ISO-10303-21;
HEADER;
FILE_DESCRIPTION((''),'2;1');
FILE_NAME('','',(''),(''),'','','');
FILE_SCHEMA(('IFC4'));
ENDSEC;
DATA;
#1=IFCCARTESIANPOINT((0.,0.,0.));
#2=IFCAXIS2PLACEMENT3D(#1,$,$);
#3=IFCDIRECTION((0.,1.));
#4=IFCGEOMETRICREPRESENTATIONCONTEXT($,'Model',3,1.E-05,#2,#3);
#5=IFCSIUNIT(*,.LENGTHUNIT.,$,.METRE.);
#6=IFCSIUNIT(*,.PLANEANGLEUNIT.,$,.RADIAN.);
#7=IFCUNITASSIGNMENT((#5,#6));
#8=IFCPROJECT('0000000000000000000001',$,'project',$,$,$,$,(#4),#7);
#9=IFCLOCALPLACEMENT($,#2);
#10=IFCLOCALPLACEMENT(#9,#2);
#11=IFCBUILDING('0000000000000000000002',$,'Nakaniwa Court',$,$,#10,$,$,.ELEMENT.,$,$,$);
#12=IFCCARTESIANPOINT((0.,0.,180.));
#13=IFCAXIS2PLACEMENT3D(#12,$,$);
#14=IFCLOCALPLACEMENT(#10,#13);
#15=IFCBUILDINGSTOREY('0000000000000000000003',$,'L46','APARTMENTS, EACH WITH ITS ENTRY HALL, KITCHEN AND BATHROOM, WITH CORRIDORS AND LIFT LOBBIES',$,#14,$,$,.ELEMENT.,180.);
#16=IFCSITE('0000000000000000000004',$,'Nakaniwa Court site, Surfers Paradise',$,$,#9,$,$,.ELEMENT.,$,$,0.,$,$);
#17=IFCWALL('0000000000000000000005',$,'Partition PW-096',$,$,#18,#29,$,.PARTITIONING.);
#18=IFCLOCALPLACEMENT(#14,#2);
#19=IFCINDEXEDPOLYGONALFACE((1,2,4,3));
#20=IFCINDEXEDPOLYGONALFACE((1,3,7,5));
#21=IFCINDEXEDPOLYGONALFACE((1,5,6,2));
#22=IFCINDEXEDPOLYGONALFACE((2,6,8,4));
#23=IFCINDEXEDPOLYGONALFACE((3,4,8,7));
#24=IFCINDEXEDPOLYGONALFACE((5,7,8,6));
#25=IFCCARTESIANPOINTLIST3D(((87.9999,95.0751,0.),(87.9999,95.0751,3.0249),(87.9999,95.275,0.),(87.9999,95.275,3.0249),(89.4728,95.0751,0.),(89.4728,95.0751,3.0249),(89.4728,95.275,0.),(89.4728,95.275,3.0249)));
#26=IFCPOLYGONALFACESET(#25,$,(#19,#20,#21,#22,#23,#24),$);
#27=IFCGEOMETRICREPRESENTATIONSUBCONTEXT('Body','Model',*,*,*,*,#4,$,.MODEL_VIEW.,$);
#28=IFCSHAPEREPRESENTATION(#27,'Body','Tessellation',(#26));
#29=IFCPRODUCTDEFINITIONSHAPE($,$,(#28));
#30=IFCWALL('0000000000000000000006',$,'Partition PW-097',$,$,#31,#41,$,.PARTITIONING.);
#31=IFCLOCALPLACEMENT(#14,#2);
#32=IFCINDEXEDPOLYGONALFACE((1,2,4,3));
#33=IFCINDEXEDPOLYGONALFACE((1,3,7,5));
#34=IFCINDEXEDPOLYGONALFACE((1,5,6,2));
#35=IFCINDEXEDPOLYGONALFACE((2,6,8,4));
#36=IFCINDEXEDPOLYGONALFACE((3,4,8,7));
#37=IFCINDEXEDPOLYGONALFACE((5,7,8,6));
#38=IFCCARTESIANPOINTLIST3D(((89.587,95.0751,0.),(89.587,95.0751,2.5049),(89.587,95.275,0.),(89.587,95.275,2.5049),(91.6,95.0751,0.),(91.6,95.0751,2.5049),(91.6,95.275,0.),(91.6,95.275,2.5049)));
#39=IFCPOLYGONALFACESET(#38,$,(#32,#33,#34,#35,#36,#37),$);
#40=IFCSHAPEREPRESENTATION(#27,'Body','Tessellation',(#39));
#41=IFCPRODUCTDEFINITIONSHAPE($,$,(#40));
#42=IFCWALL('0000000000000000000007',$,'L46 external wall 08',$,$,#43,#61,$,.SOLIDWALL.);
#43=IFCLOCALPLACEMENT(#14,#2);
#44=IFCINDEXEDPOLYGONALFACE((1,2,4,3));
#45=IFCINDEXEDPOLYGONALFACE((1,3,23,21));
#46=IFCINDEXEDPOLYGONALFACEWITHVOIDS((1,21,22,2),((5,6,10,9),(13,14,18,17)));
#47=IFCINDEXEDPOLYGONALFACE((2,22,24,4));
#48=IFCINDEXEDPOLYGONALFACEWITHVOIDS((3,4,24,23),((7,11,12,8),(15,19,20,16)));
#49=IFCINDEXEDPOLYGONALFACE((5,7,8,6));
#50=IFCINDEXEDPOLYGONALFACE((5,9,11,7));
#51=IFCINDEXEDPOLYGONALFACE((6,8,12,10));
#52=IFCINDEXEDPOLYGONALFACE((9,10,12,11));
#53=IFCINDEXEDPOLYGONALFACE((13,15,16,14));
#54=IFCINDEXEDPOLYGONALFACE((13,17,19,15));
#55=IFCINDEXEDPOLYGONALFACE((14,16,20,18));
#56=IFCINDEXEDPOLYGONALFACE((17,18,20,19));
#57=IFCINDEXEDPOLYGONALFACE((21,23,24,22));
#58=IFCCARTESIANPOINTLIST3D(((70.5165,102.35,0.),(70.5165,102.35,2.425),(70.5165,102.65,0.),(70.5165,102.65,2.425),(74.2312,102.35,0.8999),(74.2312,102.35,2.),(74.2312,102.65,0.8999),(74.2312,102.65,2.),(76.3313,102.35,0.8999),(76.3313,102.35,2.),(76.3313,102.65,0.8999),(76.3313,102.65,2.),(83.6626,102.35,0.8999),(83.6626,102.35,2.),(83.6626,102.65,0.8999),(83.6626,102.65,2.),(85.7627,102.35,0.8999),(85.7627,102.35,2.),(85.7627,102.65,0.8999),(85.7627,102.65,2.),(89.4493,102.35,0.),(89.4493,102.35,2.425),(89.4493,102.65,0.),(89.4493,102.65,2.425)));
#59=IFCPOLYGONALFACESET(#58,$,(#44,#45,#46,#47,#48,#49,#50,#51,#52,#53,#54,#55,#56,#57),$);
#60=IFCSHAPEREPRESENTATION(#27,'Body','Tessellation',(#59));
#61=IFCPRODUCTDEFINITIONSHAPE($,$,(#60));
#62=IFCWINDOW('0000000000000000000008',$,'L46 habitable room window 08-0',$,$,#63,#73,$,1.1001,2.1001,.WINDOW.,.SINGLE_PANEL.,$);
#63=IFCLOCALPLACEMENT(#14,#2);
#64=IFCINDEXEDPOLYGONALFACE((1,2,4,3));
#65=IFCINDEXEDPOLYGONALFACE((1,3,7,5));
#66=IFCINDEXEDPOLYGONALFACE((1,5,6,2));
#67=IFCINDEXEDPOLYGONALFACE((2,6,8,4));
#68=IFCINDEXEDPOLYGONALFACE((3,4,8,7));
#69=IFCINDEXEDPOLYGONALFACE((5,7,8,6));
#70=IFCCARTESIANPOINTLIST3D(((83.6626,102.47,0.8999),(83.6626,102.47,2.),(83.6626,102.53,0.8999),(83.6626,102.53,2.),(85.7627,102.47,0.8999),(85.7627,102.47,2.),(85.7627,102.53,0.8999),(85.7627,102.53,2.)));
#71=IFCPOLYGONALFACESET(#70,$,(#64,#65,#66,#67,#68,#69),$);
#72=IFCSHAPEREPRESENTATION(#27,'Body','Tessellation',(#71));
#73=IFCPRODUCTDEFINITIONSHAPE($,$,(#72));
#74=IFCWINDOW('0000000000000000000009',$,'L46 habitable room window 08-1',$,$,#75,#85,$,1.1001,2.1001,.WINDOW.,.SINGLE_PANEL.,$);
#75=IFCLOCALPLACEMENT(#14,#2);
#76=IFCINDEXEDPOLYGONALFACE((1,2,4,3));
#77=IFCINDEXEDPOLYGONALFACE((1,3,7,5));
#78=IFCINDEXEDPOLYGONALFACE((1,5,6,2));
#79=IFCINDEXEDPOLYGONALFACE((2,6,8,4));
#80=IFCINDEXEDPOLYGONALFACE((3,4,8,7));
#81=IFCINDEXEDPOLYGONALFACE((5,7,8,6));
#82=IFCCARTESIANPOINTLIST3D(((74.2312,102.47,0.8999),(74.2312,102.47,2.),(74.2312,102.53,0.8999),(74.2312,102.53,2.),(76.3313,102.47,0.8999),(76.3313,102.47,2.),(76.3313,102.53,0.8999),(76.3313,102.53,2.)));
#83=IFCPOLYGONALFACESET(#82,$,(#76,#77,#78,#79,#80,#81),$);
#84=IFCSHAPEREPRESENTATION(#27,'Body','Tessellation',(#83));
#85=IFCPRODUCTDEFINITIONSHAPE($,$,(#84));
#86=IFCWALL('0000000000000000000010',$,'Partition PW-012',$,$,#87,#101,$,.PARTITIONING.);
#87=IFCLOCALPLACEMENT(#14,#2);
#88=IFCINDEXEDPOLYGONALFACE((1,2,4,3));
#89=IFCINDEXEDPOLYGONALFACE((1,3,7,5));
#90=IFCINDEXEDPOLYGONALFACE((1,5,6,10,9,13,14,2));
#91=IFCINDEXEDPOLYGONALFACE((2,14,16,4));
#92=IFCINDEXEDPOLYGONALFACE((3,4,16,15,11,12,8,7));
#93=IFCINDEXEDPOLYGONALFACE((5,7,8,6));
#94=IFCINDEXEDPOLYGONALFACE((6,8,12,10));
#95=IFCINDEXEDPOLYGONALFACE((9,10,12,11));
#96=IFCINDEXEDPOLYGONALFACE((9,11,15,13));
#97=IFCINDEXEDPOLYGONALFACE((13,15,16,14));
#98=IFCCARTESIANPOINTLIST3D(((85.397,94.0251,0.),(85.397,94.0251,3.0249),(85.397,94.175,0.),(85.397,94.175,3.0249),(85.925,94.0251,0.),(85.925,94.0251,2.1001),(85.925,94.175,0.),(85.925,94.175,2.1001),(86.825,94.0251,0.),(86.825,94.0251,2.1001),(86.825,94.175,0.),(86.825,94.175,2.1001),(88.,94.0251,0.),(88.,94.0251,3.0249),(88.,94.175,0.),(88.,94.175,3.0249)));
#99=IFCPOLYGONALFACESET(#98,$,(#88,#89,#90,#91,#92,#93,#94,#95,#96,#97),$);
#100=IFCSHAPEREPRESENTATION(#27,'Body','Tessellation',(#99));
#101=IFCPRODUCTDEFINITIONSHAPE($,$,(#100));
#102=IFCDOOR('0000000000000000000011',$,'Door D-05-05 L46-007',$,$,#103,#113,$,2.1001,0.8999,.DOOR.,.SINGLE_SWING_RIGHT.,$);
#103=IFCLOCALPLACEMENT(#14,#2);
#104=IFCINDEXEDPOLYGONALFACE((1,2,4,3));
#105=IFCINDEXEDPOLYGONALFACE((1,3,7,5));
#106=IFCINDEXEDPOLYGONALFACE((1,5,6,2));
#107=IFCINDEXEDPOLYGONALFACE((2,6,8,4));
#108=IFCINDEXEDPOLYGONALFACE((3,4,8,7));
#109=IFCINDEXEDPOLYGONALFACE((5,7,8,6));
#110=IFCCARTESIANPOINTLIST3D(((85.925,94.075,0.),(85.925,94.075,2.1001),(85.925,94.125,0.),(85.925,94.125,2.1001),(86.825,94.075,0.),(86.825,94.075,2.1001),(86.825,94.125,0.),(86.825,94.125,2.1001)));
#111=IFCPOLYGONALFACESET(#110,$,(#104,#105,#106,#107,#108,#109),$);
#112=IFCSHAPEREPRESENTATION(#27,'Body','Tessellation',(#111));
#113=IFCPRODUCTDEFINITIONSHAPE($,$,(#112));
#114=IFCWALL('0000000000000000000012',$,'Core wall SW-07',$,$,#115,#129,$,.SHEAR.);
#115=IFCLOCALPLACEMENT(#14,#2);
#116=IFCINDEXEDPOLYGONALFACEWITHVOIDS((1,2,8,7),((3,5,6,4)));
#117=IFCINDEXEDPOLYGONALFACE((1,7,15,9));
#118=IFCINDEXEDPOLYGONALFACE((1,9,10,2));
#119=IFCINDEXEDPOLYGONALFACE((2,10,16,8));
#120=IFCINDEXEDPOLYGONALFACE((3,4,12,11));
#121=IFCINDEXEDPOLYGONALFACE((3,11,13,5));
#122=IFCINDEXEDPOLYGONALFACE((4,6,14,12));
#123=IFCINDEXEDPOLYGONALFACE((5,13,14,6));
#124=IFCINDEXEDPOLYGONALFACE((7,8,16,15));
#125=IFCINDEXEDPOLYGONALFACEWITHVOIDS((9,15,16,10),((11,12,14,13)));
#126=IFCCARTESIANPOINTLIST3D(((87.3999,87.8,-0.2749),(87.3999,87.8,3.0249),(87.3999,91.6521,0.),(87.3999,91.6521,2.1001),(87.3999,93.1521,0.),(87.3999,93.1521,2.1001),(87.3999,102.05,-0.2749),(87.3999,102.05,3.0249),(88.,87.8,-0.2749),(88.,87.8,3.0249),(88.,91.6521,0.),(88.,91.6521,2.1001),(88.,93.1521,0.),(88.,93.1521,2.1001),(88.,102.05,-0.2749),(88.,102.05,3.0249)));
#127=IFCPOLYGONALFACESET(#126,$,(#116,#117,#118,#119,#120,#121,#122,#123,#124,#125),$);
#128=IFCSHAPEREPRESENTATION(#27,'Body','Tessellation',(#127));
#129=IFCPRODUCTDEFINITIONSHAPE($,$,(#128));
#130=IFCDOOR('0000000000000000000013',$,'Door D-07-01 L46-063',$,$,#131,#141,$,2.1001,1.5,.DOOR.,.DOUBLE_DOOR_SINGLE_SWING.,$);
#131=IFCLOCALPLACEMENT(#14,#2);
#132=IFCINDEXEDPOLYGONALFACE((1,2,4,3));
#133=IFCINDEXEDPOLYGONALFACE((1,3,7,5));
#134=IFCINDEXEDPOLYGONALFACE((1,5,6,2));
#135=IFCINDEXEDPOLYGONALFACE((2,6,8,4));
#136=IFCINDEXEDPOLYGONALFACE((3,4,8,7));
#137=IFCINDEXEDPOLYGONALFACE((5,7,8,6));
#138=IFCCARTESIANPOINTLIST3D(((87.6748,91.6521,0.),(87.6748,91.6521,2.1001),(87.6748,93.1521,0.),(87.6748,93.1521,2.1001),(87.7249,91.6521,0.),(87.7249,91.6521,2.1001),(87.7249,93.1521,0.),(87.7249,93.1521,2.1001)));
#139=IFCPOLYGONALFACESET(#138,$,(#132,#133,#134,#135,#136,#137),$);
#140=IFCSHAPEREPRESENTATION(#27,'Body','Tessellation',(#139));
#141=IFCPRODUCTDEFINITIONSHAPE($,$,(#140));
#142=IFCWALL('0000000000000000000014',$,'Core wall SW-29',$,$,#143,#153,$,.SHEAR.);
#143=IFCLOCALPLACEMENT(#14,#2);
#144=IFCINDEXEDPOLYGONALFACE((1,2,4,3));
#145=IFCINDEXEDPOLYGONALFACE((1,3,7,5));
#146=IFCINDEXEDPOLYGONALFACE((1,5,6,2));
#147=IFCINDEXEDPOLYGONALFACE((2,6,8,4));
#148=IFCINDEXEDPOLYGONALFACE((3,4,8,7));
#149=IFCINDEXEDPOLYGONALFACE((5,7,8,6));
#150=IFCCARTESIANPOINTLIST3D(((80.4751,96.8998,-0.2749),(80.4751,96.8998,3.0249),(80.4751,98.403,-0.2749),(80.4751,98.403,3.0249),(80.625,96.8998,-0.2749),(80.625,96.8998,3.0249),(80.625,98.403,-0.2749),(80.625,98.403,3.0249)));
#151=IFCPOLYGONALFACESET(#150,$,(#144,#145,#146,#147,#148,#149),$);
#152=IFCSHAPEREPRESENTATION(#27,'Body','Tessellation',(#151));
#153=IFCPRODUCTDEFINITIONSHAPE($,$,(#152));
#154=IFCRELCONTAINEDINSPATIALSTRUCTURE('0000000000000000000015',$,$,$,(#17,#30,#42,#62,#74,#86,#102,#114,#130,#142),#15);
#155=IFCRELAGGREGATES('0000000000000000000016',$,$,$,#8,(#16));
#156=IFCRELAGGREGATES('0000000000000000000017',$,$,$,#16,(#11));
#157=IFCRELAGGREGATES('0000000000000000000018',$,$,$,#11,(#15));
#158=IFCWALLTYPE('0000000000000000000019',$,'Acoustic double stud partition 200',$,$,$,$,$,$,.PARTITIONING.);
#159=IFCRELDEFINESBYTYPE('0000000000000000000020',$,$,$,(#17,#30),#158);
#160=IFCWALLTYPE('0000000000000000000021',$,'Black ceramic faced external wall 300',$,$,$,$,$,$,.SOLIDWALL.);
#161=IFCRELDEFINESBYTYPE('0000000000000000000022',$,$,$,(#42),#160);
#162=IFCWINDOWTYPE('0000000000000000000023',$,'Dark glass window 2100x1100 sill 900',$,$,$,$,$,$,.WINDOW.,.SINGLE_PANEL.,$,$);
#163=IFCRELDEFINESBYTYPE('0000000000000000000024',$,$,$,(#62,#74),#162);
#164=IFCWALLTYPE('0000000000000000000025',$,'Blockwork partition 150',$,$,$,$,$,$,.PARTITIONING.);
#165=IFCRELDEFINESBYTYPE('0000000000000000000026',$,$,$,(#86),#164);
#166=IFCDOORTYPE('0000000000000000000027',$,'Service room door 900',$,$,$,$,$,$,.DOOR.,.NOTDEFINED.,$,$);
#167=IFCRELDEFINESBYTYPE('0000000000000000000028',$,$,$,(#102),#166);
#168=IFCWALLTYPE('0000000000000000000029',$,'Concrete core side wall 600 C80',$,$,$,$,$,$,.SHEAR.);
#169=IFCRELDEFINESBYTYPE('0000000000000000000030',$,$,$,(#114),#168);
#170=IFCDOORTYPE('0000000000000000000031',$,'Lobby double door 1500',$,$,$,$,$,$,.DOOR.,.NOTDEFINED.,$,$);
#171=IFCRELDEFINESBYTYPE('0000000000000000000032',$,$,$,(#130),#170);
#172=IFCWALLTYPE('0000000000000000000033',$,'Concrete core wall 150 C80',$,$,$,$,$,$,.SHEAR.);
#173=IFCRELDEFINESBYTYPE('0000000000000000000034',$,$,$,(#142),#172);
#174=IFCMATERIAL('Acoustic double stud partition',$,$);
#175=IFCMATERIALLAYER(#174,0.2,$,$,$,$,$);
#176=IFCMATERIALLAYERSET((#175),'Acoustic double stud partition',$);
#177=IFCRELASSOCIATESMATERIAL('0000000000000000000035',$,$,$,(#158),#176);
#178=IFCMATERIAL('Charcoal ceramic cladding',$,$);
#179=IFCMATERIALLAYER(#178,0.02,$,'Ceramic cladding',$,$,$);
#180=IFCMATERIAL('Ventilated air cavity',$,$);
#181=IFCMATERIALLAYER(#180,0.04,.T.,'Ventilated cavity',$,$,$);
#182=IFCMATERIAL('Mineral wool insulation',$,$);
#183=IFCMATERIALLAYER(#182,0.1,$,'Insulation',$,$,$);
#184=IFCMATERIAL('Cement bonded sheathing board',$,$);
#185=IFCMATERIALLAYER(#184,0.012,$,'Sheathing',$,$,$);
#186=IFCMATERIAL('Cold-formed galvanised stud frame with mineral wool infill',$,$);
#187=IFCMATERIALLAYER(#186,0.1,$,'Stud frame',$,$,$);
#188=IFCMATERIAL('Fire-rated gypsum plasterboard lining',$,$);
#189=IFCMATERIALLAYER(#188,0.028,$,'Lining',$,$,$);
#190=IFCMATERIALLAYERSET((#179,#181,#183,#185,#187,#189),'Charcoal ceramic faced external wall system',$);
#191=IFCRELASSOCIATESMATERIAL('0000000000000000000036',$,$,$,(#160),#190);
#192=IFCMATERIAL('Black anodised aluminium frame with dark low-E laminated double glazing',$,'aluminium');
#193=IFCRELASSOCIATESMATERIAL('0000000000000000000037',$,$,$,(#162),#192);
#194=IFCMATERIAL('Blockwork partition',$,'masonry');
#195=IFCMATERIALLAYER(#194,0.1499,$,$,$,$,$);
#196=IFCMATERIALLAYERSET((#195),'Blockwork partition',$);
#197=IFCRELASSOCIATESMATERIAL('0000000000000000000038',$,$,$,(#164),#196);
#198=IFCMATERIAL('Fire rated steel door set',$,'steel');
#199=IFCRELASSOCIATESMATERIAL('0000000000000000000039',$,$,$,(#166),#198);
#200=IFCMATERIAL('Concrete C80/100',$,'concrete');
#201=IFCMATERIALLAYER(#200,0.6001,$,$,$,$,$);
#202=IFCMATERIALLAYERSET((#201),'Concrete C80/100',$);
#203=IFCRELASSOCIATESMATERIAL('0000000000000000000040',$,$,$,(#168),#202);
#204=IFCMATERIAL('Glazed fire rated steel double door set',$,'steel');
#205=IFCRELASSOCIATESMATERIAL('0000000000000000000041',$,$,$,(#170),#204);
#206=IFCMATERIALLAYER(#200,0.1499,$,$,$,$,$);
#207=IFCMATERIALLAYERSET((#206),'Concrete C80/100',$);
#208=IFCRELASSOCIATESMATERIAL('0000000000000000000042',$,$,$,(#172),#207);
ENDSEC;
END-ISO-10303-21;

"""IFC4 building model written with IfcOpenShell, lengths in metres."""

from ifc_helpers import new_model, si_unit, direction, frame, frame_2d, origin, place, context, subcontext, project, spatial, rectangle, extrude, material, layer, layer_set, type_object, element, fill, save


model = new_model("IFC4")

# Units and contexts
model_context = context("Model", 3, precision=1e-05, world=origin(), true_north=direction((0.0, 1.0)))
body_context = subcontext(model_context, "Body", "Model", "MODEL_VIEW")
ifc_project = project(units=[si_unit("LENGTHUNIT", "METRE"), si_unit("PLANEANGLEUNIT", "RADIAN")], contexts=[model_context])

# Site, building, storey
site_placement = place(None, origin())
site = spatial("IfcSite", under=ifc_project, at=site_placement, Name="Nakaniwa Court site, Surfers Paradise", CompositionType="ELEMENT", RefElevation=0.0)
building_placement = place(site_placement, origin())
building = spatial("IfcBuilding", under=site, at=building_placement, Name="Nakaniwa Court", CompositionType="ELEMENT")
storey_placement = place(building_placement, frame((0.0, 0.0, 180.0)))
storey = spatial("IfcBuildingStorey", under=building, at=storey_placement, Name="L46", Description="APARTMENTS, EACH WITH ITS ENTRY HALL, KITCHEN AND BATHROOM, WITH CORRIDORS AND LIFT LOBBIES", CompositionType="ELEMENT", Elevation=180.0)

# Walls
ifc_material_1 = material(Name="Acoustic double stud partition")
ifc_layer_1 = layer(ifc_material_1, 0.2)
ifc_layer_set_1 = layer_set([ifc_layer_1], Name="Acoustic double stud partition")
wall_type_1 = type_object("IfcWallType", Name="Acoustic double stud partition 200", PredefinedType="PARTITIONING", material=ifc_layer_set_1)
wall_1_placement = place(storey_placement, frame((88.0, 95.175, 0.0), z_axis=(0.0, 0.0, 1.0), x_axis=(1.0, 0.0, 0.0)))
element("IfcWall", 1, at=wall_1_placement, inside=storey, type_object=wall_type_1, Name="Partition PW-096", PredefinedType="PARTITIONING", context=body_context, shape_type="SweptSolid", body=[
    extrude(rectangle(XDim=1.4729, YDim=0.2, at=frame_2d((0.7363, 0.0))), origin(), (0.0, 0.0, 1.0), 3.0249),
])
wall_2_placement = place(storey_placement, frame((89.5872, 95.175, 0.0), z_axis=(0.0, 0.0, 1.0), x_axis=(1.0, 0.0, 0.0)))
element("IfcWall", 2, at=wall_2_placement, inside=storey, type_object=wall_type_1, Name="Partition PW-097", PredefinedType="PARTITIONING", context=body_context, shape_type="SweptSolid", body=[
    extrude(rectangle(XDim=2.0129, YDim=0.2, at=frame_2d((1.0063, 0.0))), origin(), (0.0, 0.0, 1.0), 2.5049),
])

# Wall, openings, windows
ifc_material_2 = material(Name="Charcoal ceramic cladding")
ifc_layer_2 = layer(ifc_material_2, 0.02, Name="Ceramic cladding")
ifc_material_3 = material(Name="Ventilated air cavity")
ifc_layer_3 = layer(ifc_material_3, 0.04, ventilated=True, Name="Ventilated cavity")
ifc_material_4 = material(Name="Mineral wool insulation")
ifc_layer_4 = layer(ifc_material_4, 0.1, Name="Insulation")
ifc_material_5 = material(Name="Cement bonded sheathing board")
ifc_layer_5 = layer(ifc_material_5, 0.012, Name="Sheathing")
ifc_material_6 = material(Name="Cold-formed galvanised stud frame with mineral wool infill")
ifc_layer_6 = layer(ifc_material_6, 0.1, Name="Stud frame")
ifc_material_7 = material(Name="Fire-rated gypsum plasterboard lining")
ifc_layer_7 = layer(ifc_material_7, 0.028, Name="Lining")
ifc_layer_set_2 = layer_set([ifc_layer_2, ifc_layer_3, ifc_layer_4, ifc_layer_5, ifc_layer_6, ifc_layer_7], Name="Charcoal ceramic faced external wall system")
wall_type_2 = type_object("IfcWallType", Name="Black ceramic faced external wall 300", PredefinedType="SOLIDWALL", material=ifc_layer_set_2)
wall_3_placement = place(storey_placement, frame((89.4492, 102.5, 0.0), z_axis=(0.0, 0.0, 1.0), x_axis=(-1.0, 0.0, 0.0)))
wall_3 = element("IfcWall", 3, at=wall_3_placement, inside=storey, type_object=wall_type_2, Name="L46 external wall 08", PredefinedType="SOLIDWALL", context=body_context, shape_type="SweptSolid", body=[
    extrude(rectangle(XDim=18.9329, YDim=0.3, at=frame_2d((9.4663, 0.0))), origin(), (0.0, 0.0, 1.0), 2.425),
])
opening_1_placement = place(wall_3_placement, frame((3.6865, 0.0, 0.8999)))
opening_1 = element("IfcOpeningElement", 4, at=opening_1_placement, cuts=wall_3, PredefinedType="OPENING", context=body_context, shape_type="SweptSolid", body=[
    extrude(rectangle(XDim=2.1001, YDim=1.1001, at=frame_2d((1.05, 0.55))), frame((0.0, 0.1599, 0.0), z_axis=(0.0, -1.0, 0.0), x_axis=(1.0, 0.0, 0.0)), (0.0, 0.0, 1.0), 0.3201),
])
opening_2_placement = place(wall_3_placement, frame((13.1179, 0.0, 0.8999)))
opening_2 = element("IfcOpeningElement", 5, at=opening_2_placement, cuts=wall_3, PredefinedType="OPENING", context=body_context, shape_type="SweptSolid", body=[
    extrude(rectangle(XDim=2.1001, YDim=1.1001, at=frame_2d((1.05, 0.55))), frame((0.0, 0.1599, 0.0), z_axis=(0.0, -1.0, 0.0), x_axis=(1.0, 0.0, 0.0)), (0.0, 0.0, 1.0), 0.3201),
])
ifc_material_8 = material(Name="Black anodised aluminium frame with dark low-E laminated double glazing", Category="aluminium")
window_type = type_object("IfcWindowType", Name="Dark glass window 2100x1100 sill 900", PartitioningType="SINGLE_PANEL", PredefinedType="WINDOW", material=ifc_material_8)
window_1_placement = place(opening_1_placement, origin())
window_1 = element("IfcWindow", 6, at=window_1_placement, inside=storey, type_object=window_type, Name="L46 habitable room window 08-0", OverallHeight=1.1001, OverallWidth=2.1001, PartitioningType="SINGLE_PANEL", PredefinedType="WINDOW", context=body_context, shape_type="SweptSolid", body=[
    extrude(rectangle(XDim=2.1001, YDim=1.1001, at=frame_2d((1.05, 0.55))), frame((0.0, 0.03, 0.0), z_axis=(0.0, -1.0, 0.0), x_axis=(1.0, 0.0, 0.0)), (0.0, 0.0, 1.0), 0.0601),
])
fill(opening_1, window_1)
window_2_placement = place(opening_2_placement, origin())
window_2 = element("IfcWindow", 7, at=window_2_placement, inside=storey, type_object=window_type, Name="L46 habitable room window 08-1", OverallHeight=1.1001, OverallWidth=2.1001, PartitioningType="SINGLE_PANEL", PredefinedType="WINDOW", context=body_context, shape_type="SweptSolid", body=[
    extrude(rectangle(XDim=2.1001, YDim=1.1001, at=frame_2d((1.05, 0.55))), frame((0.0, 0.03, 0.0), z_axis=(0.0, -1.0, 0.0), x_axis=(1.0, 0.0, 0.0)), (0.0, 0.0, 1.0), 0.0601),
])
fill(opening_2, window_2)

# Walls, openings, doors
ifc_material_9 = material(Name="Blockwork partition", Category="masonry")
ifc_layer_8 = layer(ifc_material_9, 0.1499)
ifc_layer_set_3 = layer_set([ifc_layer_8], Name="Blockwork partition")
wall_type_3 = type_object("IfcWallType", Name="Blockwork partition 150", PredefinedType="PARTITIONING", material=ifc_layer_set_3)
wall_4_placement = place(storey_placement, frame((85.397, 94.1001, 0.0), z_axis=(0.0, 0.0, 1.0), x_axis=(1.0, 0.0, 0.0)))
wall_4 = element("IfcWall", 8, at=wall_4_placement, inside=storey, type_object=wall_type_3, Name="Partition PW-012", PredefinedType="PARTITIONING", context=body_context, shape_type="SweptSolid", body=[
    extrude(rectangle(XDim=2.603, YDim=0.1499, at=frame_2d((1.3015, 0.0))), origin(), (0.0, 0.0, 1.0), 3.0249),
])
opening_3_placement = place(wall_4_placement, frame((0.5281, 0.0, 0.0)))
opening_3 = element("IfcOpeningElement", 9, at=opening_3_placement, cuts=wall_4, PredefinedType="OPENING", context=body_context, shape_type="SweptSolid", body=[
    extrude(rectangle(XDim=0.8999, YDim=2.1001, at=frame_2d((0.45, 1.05))), frame((0.0, 0.085, 0.0), z_axis=(0.0, -1.0, 0.0), x_axis=(1.0, 0.0, 0.0)), (0.0, 0.0, 1.0), 0.1699),
])
ifc_material_10 = material(Name="Fire rated steel door set", Category="steel")
door_type_1 = type_object("IfcDoorType", Name="Service room door 900", OperationType="NOTDEFINED", PredefinedType="DOOR", material=ifc_material_10)
door_1_placement = place(opening_3_placement, origin())
door_1 = element("IfcDoor", 10, at=door_1_placement, inside=storey, type_object=door_type_1, Name="Door D-05-05 L46-007", OperationType="SINGLE_SWING_RIGHT", OverallHeight=2.1001, OverallWidth=0.8999, PredefinedType="DOOR", context=body_context, shape_type="SweptSolid", body=[
    extrude(rectangle(XDim=0.8999, YDim=2.1001, at=frame_2d((0.45, 1.05))), frame((0.0, 0.0249, 0.0), z_axis=(0.0, -1.0, 0.0), x_axis=(1.0, 0.0, 0.0)), (0.0, 0.0, 1.0), 0.05),
])
fill(opening_3, door_1)
ifc_material_11 = material(Name="Concrete C80/100", Category="concrete")
ifc_layer_9 = layer(ifc_material_11, 0.6001)
ifc_layer_set_4 = layer_set([ifc_layer_9], Name="Concrete C80/100")
wall_type_4 = type_object("IfcWallType", Name="Concrete core side wall 600 C80", PredefinedType="SHEAR", material=ifc_layer_set_4)
wall_5_placement = place(storey_placement, frame((87.7, 102.05, -0.2749), z_axis=(0.0, 0.0, 1.0), x_axis=(0.0, -1.0, 0.0)))
wall_5 = element("IfcWall", 11, at=wall_5_placement, inside=storey, type_object=wall_type_4, Name="Core wall SW-07", PredefinedType="SHEAR", context=body_context, shape_type="SweptSolid", body=[
    extrude(rectangle(XDim=14.25, YDim=0.6001, at=frame_2d((7.125, 0.0))), origin(), (0.0, 0.0, 1.0), 3.2998),
])
opening_4_placement = place(wall_5_placement, frame((8.8979, 0.0, 0.2749)))
opening_4 = element("IfcOpeningElement", 12, at=opening_4_placement, cuts=wall_5, PredefinedType="OPENING", context=body_context, shape_type="SweptSolid", body=[
    extrude(rectangle(XDim=1.5, YDim=2.1001, at=frame_2d((0.75, 1.05))), frame((0.0, 0.3101, 0.0), z_axis=(0.0, -1.0, 0.0), x_axis=(1.0, 0.0, 0.0)), (0.0, 0.0, 1.0), 0.6201),
])
ifc_material_12 = material(Name="Glazed fire rated steel double door set", Category="steel")
door_type_2 = type_object("IfcDoorType", Name="Lobby double door 1500", OperationType="NOTDEFINED", PredefinedType="DOOR", material=ifc_material_12)
door_2_placement = place(opening_4_placement, origin())
door_2 = element("IfcDoor", 13, at=door_2_placement, inside=storey, type_object=door_type_2, Name="Door D-07-01 L46-063", OperationType="DOUBLE_DOOR_SINGLE_SWING", OverallHeight=2.1001, OverallWidth=1.5, PredefinedType="DOOR", context=body_context, shape_type="SweptSolid", body=[
    extrude(rectangle(XDim=1.5, YDim=2.1001, at=frame_2d((0.75, 1.05))), frame((0.0, 0.0249, 0.0), z_axis=(0.0, -1.0, 0.0), x_axis=(1.0, 0.0, 0.0)), (0.0, 0.0, 1.0), 0.05),
])
fill(opening_4, door_2)

# Wall
ifc_layer_10 = layer(ifc_material_11, 0.1499)
ifc_layer_set_5 = layer_set([ifc_layer_10], Name="Concrete C80/100")
wall_type_5 = type_object("IfcWallType", Name="Concrete core wall 150 C80", PredefinedType="SHEAR", material=ifc_layer_set_5)
wall_6_placement = place(storey_placement, frame((80.55, 96.8999, -0.2749), z_axis=(0.0, 0.0, 1.0), x_axis=(0.0, 1.0, 0.0)))
element("IfcWall", 14, at=wall_6_placement, inside=storey, type_object=wall_type_5, Name="Core wall SW-29", PredefinedType="SHEAR", context=body_context, shape_type="SweptSolid", body=[
    extrude(rectangle(XDim=1.5032, YDim=0.1499, at=frame_2d((0.7515, 0.0))), origin(), (0.0, 0.0, 1.0), 3.2998),
])

save(model, "model.ifc")
